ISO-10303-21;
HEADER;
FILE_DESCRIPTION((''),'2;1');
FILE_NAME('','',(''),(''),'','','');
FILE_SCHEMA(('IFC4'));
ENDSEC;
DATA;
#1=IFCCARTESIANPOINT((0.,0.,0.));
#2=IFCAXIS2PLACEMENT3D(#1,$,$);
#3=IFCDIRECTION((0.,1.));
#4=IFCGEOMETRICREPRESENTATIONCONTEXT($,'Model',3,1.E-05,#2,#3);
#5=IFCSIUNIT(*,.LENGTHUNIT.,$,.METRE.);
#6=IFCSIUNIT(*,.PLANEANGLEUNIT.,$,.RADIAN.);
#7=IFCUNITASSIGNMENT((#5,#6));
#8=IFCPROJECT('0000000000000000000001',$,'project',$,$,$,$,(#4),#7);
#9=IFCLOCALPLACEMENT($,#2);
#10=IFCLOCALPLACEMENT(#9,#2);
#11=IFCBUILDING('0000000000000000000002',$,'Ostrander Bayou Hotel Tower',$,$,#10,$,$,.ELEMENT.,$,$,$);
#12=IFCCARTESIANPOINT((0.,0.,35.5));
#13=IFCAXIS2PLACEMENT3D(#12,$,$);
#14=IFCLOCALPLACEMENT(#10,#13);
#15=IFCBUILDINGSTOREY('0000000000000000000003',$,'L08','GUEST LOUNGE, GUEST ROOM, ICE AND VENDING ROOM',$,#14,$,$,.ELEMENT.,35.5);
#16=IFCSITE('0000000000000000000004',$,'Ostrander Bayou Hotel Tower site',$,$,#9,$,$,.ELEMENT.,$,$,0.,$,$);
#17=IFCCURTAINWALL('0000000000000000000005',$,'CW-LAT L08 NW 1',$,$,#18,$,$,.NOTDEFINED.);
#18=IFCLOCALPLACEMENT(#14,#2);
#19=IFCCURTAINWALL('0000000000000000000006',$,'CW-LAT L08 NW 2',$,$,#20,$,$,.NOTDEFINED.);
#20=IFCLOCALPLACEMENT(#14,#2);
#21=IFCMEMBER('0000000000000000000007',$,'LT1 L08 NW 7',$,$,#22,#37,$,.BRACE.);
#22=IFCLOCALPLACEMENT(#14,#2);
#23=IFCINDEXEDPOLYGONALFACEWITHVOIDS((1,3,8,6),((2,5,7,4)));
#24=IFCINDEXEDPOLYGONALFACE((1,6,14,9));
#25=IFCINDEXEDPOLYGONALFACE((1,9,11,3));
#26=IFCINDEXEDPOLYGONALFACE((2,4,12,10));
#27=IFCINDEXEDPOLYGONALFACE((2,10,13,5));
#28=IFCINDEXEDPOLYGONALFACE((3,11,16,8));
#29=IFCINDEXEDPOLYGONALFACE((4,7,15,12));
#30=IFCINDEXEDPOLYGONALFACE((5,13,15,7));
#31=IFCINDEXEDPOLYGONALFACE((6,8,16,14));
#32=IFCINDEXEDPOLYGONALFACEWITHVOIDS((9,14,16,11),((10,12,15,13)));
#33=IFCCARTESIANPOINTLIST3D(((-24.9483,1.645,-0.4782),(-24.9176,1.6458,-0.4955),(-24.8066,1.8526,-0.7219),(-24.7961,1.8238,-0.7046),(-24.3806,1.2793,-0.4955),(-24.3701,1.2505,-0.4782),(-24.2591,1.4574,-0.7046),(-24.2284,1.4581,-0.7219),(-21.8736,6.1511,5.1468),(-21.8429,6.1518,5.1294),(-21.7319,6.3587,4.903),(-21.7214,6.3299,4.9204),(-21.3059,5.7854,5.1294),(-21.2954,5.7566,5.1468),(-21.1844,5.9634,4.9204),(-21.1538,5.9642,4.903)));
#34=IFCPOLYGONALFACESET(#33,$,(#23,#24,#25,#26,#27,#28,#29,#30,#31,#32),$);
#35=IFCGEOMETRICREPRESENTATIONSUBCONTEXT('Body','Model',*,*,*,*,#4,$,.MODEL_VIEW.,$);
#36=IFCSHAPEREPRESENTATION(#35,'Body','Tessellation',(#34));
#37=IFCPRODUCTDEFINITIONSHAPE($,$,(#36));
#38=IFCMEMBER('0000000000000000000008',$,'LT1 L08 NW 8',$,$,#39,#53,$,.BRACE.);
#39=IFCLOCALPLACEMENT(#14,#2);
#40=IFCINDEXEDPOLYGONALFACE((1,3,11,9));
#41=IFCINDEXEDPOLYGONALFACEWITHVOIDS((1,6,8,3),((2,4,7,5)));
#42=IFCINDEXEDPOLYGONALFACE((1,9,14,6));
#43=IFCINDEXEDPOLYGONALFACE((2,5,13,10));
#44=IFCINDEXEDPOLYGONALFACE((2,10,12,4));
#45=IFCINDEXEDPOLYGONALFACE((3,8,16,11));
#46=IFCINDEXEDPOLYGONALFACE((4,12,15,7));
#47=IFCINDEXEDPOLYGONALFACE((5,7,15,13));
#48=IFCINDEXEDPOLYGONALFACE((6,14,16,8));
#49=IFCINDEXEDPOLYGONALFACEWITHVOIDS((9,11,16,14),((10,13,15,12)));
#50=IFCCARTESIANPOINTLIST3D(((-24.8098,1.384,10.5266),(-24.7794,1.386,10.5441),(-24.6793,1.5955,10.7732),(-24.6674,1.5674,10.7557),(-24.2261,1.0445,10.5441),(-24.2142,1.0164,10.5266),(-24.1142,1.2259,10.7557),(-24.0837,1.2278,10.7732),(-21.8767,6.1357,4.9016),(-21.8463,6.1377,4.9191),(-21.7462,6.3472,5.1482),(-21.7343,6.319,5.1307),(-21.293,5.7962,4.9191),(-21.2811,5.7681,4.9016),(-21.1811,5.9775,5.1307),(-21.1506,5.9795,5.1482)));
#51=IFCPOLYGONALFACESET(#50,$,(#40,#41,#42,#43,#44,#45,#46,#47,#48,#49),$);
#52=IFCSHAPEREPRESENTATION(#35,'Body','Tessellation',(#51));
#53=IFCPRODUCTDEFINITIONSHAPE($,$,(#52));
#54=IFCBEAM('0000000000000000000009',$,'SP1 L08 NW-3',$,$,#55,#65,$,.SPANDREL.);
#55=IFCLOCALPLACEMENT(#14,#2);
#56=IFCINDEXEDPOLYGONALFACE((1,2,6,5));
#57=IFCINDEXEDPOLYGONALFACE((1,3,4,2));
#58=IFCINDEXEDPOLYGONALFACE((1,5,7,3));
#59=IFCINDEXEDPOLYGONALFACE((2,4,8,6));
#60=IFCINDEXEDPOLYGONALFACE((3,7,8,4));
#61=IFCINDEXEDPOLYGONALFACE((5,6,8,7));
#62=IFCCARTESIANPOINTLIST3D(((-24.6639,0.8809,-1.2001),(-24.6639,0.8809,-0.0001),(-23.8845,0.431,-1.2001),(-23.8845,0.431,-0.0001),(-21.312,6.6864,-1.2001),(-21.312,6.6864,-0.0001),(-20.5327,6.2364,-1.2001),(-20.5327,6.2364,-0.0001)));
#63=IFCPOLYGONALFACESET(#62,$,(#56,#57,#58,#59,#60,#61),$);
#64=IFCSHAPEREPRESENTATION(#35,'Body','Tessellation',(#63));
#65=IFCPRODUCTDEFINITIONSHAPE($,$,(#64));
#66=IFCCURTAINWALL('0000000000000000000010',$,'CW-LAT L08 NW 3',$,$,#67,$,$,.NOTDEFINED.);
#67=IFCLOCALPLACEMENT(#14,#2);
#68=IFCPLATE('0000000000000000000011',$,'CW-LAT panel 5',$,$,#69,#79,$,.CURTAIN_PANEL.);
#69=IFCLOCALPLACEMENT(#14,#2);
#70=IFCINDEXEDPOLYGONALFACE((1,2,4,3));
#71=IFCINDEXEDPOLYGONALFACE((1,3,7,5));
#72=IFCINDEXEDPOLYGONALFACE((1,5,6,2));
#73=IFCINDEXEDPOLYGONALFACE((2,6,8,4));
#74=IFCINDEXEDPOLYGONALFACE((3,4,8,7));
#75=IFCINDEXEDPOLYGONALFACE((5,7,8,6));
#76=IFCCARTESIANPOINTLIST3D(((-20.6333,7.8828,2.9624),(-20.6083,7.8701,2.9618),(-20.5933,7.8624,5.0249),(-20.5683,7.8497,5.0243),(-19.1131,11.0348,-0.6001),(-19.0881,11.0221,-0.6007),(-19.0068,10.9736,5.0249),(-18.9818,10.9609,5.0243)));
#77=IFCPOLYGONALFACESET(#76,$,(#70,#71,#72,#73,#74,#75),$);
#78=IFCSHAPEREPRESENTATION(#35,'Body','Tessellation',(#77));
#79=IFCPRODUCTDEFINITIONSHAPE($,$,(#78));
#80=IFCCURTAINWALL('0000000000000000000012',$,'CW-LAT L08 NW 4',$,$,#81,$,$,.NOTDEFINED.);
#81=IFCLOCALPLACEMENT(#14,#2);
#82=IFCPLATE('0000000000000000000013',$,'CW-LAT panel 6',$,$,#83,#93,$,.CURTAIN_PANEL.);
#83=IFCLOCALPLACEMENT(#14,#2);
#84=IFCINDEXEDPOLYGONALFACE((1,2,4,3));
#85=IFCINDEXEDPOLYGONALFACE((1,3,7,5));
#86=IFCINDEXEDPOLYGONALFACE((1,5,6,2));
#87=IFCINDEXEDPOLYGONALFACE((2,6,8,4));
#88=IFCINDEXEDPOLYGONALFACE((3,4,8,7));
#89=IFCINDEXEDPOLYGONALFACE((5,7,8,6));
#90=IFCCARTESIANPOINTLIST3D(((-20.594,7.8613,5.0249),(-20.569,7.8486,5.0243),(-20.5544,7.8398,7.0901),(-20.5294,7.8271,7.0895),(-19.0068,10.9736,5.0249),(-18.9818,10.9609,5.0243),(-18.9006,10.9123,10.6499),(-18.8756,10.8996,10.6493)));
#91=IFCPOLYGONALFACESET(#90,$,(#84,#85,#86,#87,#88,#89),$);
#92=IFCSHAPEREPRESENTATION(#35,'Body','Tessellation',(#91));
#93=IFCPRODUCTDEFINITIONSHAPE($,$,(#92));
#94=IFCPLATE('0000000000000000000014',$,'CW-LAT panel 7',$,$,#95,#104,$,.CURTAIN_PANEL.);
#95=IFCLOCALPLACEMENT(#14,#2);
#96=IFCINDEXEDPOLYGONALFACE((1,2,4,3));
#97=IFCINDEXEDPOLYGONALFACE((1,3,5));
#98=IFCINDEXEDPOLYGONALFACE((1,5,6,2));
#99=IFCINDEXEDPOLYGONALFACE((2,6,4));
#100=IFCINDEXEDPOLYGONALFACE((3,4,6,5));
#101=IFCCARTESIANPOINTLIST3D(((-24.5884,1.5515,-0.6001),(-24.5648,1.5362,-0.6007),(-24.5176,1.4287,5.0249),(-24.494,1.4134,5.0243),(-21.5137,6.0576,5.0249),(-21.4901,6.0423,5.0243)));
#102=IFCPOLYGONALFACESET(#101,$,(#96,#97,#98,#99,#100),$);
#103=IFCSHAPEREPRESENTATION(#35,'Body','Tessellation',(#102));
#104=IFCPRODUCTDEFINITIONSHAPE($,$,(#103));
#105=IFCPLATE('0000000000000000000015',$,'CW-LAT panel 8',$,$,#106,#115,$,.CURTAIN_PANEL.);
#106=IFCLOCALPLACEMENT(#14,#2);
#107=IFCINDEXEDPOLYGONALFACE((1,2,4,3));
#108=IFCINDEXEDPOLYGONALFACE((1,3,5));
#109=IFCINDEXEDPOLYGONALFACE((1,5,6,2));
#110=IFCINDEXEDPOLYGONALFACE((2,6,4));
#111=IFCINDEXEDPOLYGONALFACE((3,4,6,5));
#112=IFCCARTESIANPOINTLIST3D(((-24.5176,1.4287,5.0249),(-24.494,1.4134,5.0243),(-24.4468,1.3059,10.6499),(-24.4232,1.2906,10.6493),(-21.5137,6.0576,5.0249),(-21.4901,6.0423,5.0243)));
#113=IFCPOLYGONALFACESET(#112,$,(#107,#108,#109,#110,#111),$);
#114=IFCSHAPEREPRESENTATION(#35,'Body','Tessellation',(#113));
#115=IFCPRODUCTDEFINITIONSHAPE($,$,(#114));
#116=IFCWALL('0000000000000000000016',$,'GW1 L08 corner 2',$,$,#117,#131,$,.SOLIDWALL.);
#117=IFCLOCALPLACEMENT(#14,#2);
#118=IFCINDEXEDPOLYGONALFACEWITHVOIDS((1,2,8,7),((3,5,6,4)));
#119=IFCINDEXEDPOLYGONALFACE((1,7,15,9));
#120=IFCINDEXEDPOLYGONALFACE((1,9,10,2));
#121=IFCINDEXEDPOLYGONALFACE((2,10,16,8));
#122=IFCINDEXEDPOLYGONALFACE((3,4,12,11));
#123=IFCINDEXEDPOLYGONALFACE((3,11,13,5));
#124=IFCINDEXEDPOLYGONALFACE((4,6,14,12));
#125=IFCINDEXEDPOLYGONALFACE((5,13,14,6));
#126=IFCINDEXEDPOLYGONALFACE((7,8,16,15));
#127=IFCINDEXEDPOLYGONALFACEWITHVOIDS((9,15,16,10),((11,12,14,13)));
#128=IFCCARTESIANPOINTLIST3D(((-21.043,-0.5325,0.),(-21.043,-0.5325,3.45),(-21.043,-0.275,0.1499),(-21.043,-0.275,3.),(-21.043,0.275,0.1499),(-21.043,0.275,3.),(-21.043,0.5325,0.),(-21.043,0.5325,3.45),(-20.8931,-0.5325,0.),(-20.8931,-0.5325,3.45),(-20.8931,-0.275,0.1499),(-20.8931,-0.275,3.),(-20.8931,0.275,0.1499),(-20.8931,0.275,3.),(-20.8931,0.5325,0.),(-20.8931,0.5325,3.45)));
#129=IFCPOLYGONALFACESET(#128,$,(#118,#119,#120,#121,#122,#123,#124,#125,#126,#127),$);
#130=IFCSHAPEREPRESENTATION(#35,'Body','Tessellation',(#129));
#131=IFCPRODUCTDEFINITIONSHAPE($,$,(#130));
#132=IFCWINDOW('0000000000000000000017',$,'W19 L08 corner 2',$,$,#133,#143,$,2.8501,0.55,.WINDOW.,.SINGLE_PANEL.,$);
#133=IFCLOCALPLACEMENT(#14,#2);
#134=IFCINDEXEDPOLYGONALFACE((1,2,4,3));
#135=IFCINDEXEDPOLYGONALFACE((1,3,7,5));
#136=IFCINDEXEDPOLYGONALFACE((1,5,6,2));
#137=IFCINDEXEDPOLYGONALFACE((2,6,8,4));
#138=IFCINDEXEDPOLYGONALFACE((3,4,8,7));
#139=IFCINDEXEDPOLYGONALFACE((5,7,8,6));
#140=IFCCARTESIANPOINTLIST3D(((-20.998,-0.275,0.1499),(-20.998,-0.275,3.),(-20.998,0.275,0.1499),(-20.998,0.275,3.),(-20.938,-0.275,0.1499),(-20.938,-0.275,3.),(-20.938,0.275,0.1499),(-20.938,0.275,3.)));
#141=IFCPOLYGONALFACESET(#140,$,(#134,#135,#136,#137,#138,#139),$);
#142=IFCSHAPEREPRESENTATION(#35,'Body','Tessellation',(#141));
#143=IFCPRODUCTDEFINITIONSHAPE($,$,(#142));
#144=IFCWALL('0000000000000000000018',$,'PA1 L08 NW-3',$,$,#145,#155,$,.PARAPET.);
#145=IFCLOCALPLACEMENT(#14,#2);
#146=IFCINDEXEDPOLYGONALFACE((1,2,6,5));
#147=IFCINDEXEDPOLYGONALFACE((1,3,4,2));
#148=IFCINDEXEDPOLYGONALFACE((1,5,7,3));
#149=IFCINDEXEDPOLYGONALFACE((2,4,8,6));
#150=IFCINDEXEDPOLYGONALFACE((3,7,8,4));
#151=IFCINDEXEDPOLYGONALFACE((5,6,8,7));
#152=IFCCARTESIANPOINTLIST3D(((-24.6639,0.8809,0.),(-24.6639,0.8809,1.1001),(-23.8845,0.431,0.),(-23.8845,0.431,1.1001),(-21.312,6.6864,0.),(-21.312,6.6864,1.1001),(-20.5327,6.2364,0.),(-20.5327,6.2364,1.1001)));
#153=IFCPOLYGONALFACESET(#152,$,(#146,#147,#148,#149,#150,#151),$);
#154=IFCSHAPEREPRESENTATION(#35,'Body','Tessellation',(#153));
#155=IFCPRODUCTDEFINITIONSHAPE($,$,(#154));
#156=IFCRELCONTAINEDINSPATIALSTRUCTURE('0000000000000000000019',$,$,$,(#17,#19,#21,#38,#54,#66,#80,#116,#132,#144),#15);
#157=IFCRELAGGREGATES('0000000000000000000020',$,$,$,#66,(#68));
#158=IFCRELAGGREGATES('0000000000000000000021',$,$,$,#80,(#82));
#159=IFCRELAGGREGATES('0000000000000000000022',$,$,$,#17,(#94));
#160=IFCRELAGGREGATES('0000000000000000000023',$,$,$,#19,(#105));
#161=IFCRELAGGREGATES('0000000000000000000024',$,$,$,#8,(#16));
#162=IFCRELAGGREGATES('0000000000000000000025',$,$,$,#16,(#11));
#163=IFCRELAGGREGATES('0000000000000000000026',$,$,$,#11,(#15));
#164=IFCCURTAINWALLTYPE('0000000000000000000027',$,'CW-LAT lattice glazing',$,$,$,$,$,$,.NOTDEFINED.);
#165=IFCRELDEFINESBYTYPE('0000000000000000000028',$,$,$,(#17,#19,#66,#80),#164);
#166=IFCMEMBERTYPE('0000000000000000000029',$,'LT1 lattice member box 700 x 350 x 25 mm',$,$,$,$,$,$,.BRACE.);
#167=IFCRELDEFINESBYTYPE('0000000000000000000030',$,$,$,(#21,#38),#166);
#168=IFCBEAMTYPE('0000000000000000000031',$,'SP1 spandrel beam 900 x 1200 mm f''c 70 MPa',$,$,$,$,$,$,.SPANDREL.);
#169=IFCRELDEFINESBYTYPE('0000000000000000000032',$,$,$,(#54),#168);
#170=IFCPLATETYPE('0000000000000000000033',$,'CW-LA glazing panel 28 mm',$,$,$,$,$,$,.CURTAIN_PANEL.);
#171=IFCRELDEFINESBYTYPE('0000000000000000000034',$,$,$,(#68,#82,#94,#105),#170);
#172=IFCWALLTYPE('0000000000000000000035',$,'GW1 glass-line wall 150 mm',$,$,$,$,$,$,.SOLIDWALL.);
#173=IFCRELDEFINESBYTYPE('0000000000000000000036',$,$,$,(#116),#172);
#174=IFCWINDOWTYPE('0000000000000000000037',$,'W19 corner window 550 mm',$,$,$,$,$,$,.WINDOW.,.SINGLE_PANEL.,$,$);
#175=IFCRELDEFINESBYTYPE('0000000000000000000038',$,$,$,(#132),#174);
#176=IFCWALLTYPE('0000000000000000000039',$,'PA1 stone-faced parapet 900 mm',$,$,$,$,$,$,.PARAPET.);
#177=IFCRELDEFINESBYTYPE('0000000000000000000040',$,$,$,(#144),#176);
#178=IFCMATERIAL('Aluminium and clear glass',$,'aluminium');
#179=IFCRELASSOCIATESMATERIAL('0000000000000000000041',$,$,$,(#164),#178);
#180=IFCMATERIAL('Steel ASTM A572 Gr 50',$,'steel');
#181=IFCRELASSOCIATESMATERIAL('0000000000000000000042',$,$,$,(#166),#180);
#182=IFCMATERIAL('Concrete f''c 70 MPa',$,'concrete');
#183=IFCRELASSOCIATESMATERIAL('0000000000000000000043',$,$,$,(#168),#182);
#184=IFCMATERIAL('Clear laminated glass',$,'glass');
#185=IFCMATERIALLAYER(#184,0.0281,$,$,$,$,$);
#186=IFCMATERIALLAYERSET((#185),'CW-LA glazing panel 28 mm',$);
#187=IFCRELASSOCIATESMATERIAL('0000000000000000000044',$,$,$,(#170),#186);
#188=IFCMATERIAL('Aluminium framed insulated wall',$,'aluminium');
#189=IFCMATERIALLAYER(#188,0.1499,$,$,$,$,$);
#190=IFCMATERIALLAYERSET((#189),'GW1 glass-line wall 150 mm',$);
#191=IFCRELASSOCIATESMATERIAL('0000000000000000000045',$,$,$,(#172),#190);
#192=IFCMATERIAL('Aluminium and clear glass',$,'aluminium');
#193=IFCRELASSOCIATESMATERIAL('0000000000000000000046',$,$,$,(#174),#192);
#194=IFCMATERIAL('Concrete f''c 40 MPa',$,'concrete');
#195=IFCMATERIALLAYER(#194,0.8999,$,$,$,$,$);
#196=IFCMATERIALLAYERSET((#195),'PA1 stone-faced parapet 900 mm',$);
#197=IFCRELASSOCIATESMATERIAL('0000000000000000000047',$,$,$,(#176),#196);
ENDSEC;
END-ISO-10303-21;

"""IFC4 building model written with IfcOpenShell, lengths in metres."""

from ifc_helpers import new_model, si_unit, direction, frame, frame_2d, origin, origin_2d, place, context, subcontext, project, spatial, polyline, rectangle, hollow_rectangle, outline, extrude, material, layer, layer_set, material_profile, profile_set, type_object, element, fill, aggregate, save


model = new_model("IFC4")

# Units and contexts
model_context = context("Model", 3, precision=1e-05, world=origin(), true_north=direction((0.0, 1.0)))
body_context = subcontext(model_context, "Body", "Model", "MODEL_VIEW")
ifc_project = project(units=[si_unit("LENGTHUNIT", "METRE"), si_unit("PLANEANGLEUNIT", "RADIAN")], contexts=[model_context])

# Site, building, storey
site_placement = place(None, origin())
site = spatial("IfcSite", under=ifc_project, at=site_placement, Name="Ostrander Bayou Hotel Tower site", CompositionType="ELEMENT", RefElevation=0.0)
building_placement = place(site_placement, origin())
building = spatial("IfcBuilding", under=site, at=building_placement, Name="Ostrander Bayou Hotel Tower", CompositionType="ELEMENT")
storey_placement = place(building_placement, frame((0.0, 0.0, 35.5)))
storey = spatial("IfcBuildingStorey", under=building, at=storey_placement, Name="L08", Description="GUEST LOUNGE, GUEST ROOM, ICE AND VENDING ROOM", CompositionType="ELEMENT", Elevation=35.5)

# Curtain wall
ifc_material_1 = material(Name="Aluminium and clear glass", Category="aluminium")
curtain_wall_type = type_object("IfcCurtainWallType", Name="CW-LAT lattice glazing", PredefinedType="NOTDEFINED", material=ifc_material_1)
curtain_wall_1_placement = place(storey_placement, origin())
curtain_wall_1 = element("IfcCurtainWall", 1, at=curtain_wall_1_placement, inside=storey, type_object=curtain_wall_type, Name="CW-LAT L08 NW 1", PredefinedType="NOTDEFINED")

# Curtain wall
curtain_wall_2_placement = place(storey_placement, origin())
curtain_wall_2 = element("IfcCurtainWall", 2, at=curtain_wall_2_placement, inside=storey, type_object=curtain_wall_type, Name="CW-LAT L08 NW 2", PredefinedType="NOTDEFINED")

# Members
ifc_material_2 = material(Name="Steel ASTM A572 Gr 50", Category="steel")
ifc_material_profile_1 = material_profile(ifc_material_2, hollow_rectangle(XDim=0.7, YDim=0.3501, WallThickness=0.0249, at=origin_2d()))
ifc_profile_set_1 = profile_set([ifc_material_profile_1], Name="Steel ASTM A572 Gr 50")
member_type_1 = type_object("IfcMemberType", Name="LT1 lattice member box 700 x 350 x 25 mm", PredefinedType="BRACE", material=ifc_profile_set_1)
member_1_placement = place(storey_placement, frame((-21.5137, 6.0576, 5.0249), z_axis=(-0.392393, -0.575068, -0.717861), x_axis=(0.826026, -0.563633, 0.0)))
element("IfcMember", 3, at=member_1_placement, inside=storey, type_object=member_type_1, Name="LT1 L08 NW 7", PredefinedType="BRACE", context=body_context, shape_type="SweptSolid", body=[
    extrude(hollow_rectangle(XDim=0.7, YDim=0.3501, WallThickness=0.0249, at=origin_2d()), origin(), (0.0, 0.0, 1.0), 7.8357),
])
member_2_placement = place(storey_placement, frame((-21.5137, 6.0576, 5.0249), z_axis=(-0.370058, -0.599504, 0.709684), x_axis=(0.85094, -0.525263, 0.0)))
element("IfcMember", 4, at=member_2_placement, inside=storey, type_object=member_type_1, Name="LT1 L08 NW 8", PredefinedType="BRACE", context=body_context, shape_type="SweptSolid", body=[
    extrude(hollow_rectangle(XDim=0.7, YDim=0.3501, WallThickness=0.0249, at=origin_2d()), origin(), (0.0, 0.0, 1.0), 7.926),
])

# Beam
ifc_material_3 = material(Name="Concrete f'c 70 MPa", Category="concrete")
ifc_material_profile_2 = material_profile(ifc_material_3, rectangle(XDim=0.8999, YDim=1.2, at=origin_2d()))
ifc_profile_set_2 = profile_set([ifc_material_profile_2], Name="Concrete f'c 70 MPa")
beam_type_1 = type_object("IfcBeamType", Name="SP1 spandrel beam 900 x 1200 mm f'c 70 MPa", PredefinedType="SPANDREL", material=ifc_profile_set_2)
beam_1_placement = place(storey_placement, frame((-20.9224, 6.4614, -0.6001), z_axis=(-0.500005, -0.866022, 0.0), x_axis=(0.866022, -0.500005, 0.0)))
element("IfcBeam", 5, at=beam_1_placement, inside=storey, type_object=beam_type_1, Name="SP1 L08 NW-3", PredefinedType="SPANDREL", context=body_context, shape_type="SweptSolid", body=[
    extrude(rectangle(XDim=0.8999, YDim=1.2, at=origin_2d()), origin(), (0.0, 0.0, 1.0), 6.7036),
])

# Curtain walls, plates
curtain_wall_3_placement = place(storey_placement, origin())
curtain_wall_3 = element("IfcCurtainWall", 6, at=curtain_wall_3_placement, inside=storey, type_object=curtain_wall_type, Name="CW-LAT L08 NW 3", PredefinedType="NOTDEFINED")
ifc_material_4 = material(Name="Clear laminated glass", Category="glass")
ifc_layer_1 = layer(ifc_material_4, 0.0281)
ifc_layer_set_1 = layer_set([ifc_layer_1], Name="CW-LA glazing panel 28 mm")
plate_type = type_object("IfcPlateType", Name="CW-LA glazing panel 28 mm", PredefinedType="CURTAIN_PANEL", material=ifc_layer_set_1)
plate_1_placement = place(storey_placement, frame((-20.6333, 7.8828, 2.9624), z_axis=(-0.890653, 0.454163, 0.02176), x_axis=(0.304426, 0.631187, -0.713392)))
plate_1 = element("IfcPlate", 7, at=plate_1_placement, type_object=plate_type, Name="CW-LAT panel 5", PredefinedType="CURTAIN_PANEL", context=body_context, shape_type="SweptSolid", body=[
    extrude(outline(polyline([(0.0, 0.0), (4.9938, 0.0), (0.9747, -3.9373), (-1.472, -1.4453), (0.0, 0.0)])), origin(), (0.0, 0.0, -1.0), 0.0281),
])
aggregate(curtain_wall_3, [plate_1])
curtain_wall_4_placement = place(storey_placement, origin())
curtain_wall_4 = element("IfcCurtainWall", 8, at=curtain_wall_4_placement, inside=storey, type_object=curtain_wall_type, Name="CW-LAT L08 NW 4", PredefinedType="NOTDEFINED")
plate_2_placement = place(storey_placement, frame((-20.5544, 7.8398, 7.0901), z_axis=(-0.890642, 0.454185, 0.021768), x_axis=(0.331779, 0.61638, 0.714142)))
plate_2 = element("IfcPlate", 9, at=plate_2_placement, type_object=plate_type, Name="CW-LAT panel 6", PredefinedType="CURTAIN_PANEL", context=body_context, shape_type="SweptSolid", body=[
    extrude(outline(polyline([(0.0, 0.0), (4.9847, 0.0), (0.9702, 3.942), (-1.4747, 1.4465), (0.0, 0.0)])), origin(), (0.0, 0.0, -1.0), 0.0281),
])
aggregate(curtain_wall_4, [plate_2])

# Plates
plate_3_placement = place(storey_placement, frame((-21.5137, 6.0576, 5.0249), z_axis=(-0.838637, 0.544229, 0.022437), x_axis=(-0.392393, -0.575068, -0.717861)))
plate_3 = element("IfcPlate", 10, at=plate_3_placement, type_object=plate_type, Name="CW-LAT panel 7", PredefinedType="CURTAIN_PANEL", context=body_context, shape_type="SweptSolid", body=[
    extrude(outline(polyline([(0.0, 0.0), (7.8358, 0.0), (3.8406, 3.9623), (0.0, 0.0)])), origin(), (0.0, 0.0, -1.0), 0.0281),
])
aggregate(curtain_wall_1, [plate_3])
plate_4_placement = place(storey_placement, frame((-21.5137, 6.0576, 5.0249), z_axis=(-0.838637, 0.544229, 0.022437), x_axis=(-0.370058, -0.599504, 0.709684)))
plate_4 = element("IfcPlate", 11, at=plate_4_placement, type_object=plate_type, Name="CW-LAT panel 8", PredefinedType="CURTAIN_PANEL", context=body_context, shape_type="SweptSolid", body=[
    extrude(outline(polyline([(0.0, 0.0), (7.9261, 0.0), (3.8867, -3.9171), (0.0, 0.0)])), origin(), (0.0, 0.0, -1.0), 0.0281),
])
aggregate(curtain_wall_2, [plate_4])

# Wall, opening, window
ifc_material_5 = material(Name="Aluminium framed insulated wall", Category="aluminium")
ifc_layer_2 = layer(ifc_material_5, 0.1499)
ifc_layer_set_2 = layer_set([ifc_layer_2], Name="GW1 glass-line wall 150 mm")
wall_type_1 = type_object("IfcWallType", Name="GW1 glass-line wall 150 mm", PredefinedType="SOLIDWALL", material=ifc_layer_set_2)
wall_1_placement = place(storey_placement, frame((-20.968, 0.5325, 0.0), z_axis=(0.0, 0.0, 1.0), x_axis=(0.0, -1.0, 0.0)))
wall_1 = element("IfcWall", 12, at=wall_1_placement, inside=storey, type_object=wall_type_1, Name="GW1 L08 corner 2", PredefinedType="SOLIDWALL", context=body_context, shape_type="SweptSolid", body=[
    extrude(rectangle(XDim=1.0649, YDim=0.1499, at=frame_2d((0.5325, 0.0))), origin(), (0.0, 0.0, 1.0), 3.45),
])
opening_1_placement = place(wall_1_placement, frame((0.2576, 0.0, 0.1499)))
opening_1 = element("IfcOpeningElement", 13, at=opening_1_placement, cuts=wall_1, PredefinedType="OPENING", context=body_context, shape_type="SweptSolid", body=[
    extrude(rectangle(XDim=0.55, YDim=2.8501, at=frame_2d((0.2749, 1.425))), frame((0.0, 0.075, 0.0), z_axis=(0.0, -1.0, 0.0), x_axis=(1.0, 0.0, 0.0)), (0.0, 0.0, 1.0), 0.1499),
])
ifc_material_6 = material(Name="Aluminium and clear glass", Category="aluminium")
window_type = type_object("IfcWindowType", Name="W19 corner window 550 mm", PartitioningType="SINGLE_PANEL", PredefinedType="WINDOW", material=ifc_material_6)
window_placement = place(opening_1_placement, origin())
window = element("IfcWindow", 14, at=window_placement, inside=storey, type_object=window_type, Name="W19 L08 corner 2", OverallHeight=2.8501, OverallWidth=0.55, PartitioningType="SINGLE_PANEL", PredefinedType="WINDOW", context=body_context, shape_type="SweptSolid", body=[
    extrude(rectangle(XDim=0.55, YDim=2.8501, at=frame_2d((0.2749, 1.425))), frame((0.0, 0.03, 0.0), z_axis=(0.0, -1.0, 0.0), x_axis=(1.0, 0.0, 0.0)), (0.0, 0.0, 1.0), 0.0601),
])
fill(opening_1, window)

# Wall
ifc_material_7 = material(Name="Concrete f'c 40 MPa", Category="concrete")
ifc_layer_3 = layer(ifc_material_7, 0.8999)
ifc_layer_set_3 = layer_set([ifc_layer_3], Name="PA1 stone-faced parapet 900 mm")
wall_type_2 = type_object("IfcWallType", Name="PA1 stone-faced parapet 900 mm", PredefinedType="PARAPET", material=ifc_layer_set_3)
wall_2_placement = place(storey_placement, frame((-20.9224, 6.4614, 0.0), z_axis=(0.0, 0.0, 1.0), x_axis=(-0.500005, -0.866022, 0.0)))
element("IfcWall", 15, at=wall_2_placement, inside=storey, type_object=wall_type_2, Name="PA1 L08 NW-3", PredefinedType="PARAPET", context=body_context, shape_type="SweptSolid", body=[
    extrude(rectangle(XDim=6.7036, YDim=0.8999, at=frame_2d((3.3518, 0.0))), origin(), (0.0, 0.0, 1.0), 1.1001),
])

save(model, "model.ifc")
